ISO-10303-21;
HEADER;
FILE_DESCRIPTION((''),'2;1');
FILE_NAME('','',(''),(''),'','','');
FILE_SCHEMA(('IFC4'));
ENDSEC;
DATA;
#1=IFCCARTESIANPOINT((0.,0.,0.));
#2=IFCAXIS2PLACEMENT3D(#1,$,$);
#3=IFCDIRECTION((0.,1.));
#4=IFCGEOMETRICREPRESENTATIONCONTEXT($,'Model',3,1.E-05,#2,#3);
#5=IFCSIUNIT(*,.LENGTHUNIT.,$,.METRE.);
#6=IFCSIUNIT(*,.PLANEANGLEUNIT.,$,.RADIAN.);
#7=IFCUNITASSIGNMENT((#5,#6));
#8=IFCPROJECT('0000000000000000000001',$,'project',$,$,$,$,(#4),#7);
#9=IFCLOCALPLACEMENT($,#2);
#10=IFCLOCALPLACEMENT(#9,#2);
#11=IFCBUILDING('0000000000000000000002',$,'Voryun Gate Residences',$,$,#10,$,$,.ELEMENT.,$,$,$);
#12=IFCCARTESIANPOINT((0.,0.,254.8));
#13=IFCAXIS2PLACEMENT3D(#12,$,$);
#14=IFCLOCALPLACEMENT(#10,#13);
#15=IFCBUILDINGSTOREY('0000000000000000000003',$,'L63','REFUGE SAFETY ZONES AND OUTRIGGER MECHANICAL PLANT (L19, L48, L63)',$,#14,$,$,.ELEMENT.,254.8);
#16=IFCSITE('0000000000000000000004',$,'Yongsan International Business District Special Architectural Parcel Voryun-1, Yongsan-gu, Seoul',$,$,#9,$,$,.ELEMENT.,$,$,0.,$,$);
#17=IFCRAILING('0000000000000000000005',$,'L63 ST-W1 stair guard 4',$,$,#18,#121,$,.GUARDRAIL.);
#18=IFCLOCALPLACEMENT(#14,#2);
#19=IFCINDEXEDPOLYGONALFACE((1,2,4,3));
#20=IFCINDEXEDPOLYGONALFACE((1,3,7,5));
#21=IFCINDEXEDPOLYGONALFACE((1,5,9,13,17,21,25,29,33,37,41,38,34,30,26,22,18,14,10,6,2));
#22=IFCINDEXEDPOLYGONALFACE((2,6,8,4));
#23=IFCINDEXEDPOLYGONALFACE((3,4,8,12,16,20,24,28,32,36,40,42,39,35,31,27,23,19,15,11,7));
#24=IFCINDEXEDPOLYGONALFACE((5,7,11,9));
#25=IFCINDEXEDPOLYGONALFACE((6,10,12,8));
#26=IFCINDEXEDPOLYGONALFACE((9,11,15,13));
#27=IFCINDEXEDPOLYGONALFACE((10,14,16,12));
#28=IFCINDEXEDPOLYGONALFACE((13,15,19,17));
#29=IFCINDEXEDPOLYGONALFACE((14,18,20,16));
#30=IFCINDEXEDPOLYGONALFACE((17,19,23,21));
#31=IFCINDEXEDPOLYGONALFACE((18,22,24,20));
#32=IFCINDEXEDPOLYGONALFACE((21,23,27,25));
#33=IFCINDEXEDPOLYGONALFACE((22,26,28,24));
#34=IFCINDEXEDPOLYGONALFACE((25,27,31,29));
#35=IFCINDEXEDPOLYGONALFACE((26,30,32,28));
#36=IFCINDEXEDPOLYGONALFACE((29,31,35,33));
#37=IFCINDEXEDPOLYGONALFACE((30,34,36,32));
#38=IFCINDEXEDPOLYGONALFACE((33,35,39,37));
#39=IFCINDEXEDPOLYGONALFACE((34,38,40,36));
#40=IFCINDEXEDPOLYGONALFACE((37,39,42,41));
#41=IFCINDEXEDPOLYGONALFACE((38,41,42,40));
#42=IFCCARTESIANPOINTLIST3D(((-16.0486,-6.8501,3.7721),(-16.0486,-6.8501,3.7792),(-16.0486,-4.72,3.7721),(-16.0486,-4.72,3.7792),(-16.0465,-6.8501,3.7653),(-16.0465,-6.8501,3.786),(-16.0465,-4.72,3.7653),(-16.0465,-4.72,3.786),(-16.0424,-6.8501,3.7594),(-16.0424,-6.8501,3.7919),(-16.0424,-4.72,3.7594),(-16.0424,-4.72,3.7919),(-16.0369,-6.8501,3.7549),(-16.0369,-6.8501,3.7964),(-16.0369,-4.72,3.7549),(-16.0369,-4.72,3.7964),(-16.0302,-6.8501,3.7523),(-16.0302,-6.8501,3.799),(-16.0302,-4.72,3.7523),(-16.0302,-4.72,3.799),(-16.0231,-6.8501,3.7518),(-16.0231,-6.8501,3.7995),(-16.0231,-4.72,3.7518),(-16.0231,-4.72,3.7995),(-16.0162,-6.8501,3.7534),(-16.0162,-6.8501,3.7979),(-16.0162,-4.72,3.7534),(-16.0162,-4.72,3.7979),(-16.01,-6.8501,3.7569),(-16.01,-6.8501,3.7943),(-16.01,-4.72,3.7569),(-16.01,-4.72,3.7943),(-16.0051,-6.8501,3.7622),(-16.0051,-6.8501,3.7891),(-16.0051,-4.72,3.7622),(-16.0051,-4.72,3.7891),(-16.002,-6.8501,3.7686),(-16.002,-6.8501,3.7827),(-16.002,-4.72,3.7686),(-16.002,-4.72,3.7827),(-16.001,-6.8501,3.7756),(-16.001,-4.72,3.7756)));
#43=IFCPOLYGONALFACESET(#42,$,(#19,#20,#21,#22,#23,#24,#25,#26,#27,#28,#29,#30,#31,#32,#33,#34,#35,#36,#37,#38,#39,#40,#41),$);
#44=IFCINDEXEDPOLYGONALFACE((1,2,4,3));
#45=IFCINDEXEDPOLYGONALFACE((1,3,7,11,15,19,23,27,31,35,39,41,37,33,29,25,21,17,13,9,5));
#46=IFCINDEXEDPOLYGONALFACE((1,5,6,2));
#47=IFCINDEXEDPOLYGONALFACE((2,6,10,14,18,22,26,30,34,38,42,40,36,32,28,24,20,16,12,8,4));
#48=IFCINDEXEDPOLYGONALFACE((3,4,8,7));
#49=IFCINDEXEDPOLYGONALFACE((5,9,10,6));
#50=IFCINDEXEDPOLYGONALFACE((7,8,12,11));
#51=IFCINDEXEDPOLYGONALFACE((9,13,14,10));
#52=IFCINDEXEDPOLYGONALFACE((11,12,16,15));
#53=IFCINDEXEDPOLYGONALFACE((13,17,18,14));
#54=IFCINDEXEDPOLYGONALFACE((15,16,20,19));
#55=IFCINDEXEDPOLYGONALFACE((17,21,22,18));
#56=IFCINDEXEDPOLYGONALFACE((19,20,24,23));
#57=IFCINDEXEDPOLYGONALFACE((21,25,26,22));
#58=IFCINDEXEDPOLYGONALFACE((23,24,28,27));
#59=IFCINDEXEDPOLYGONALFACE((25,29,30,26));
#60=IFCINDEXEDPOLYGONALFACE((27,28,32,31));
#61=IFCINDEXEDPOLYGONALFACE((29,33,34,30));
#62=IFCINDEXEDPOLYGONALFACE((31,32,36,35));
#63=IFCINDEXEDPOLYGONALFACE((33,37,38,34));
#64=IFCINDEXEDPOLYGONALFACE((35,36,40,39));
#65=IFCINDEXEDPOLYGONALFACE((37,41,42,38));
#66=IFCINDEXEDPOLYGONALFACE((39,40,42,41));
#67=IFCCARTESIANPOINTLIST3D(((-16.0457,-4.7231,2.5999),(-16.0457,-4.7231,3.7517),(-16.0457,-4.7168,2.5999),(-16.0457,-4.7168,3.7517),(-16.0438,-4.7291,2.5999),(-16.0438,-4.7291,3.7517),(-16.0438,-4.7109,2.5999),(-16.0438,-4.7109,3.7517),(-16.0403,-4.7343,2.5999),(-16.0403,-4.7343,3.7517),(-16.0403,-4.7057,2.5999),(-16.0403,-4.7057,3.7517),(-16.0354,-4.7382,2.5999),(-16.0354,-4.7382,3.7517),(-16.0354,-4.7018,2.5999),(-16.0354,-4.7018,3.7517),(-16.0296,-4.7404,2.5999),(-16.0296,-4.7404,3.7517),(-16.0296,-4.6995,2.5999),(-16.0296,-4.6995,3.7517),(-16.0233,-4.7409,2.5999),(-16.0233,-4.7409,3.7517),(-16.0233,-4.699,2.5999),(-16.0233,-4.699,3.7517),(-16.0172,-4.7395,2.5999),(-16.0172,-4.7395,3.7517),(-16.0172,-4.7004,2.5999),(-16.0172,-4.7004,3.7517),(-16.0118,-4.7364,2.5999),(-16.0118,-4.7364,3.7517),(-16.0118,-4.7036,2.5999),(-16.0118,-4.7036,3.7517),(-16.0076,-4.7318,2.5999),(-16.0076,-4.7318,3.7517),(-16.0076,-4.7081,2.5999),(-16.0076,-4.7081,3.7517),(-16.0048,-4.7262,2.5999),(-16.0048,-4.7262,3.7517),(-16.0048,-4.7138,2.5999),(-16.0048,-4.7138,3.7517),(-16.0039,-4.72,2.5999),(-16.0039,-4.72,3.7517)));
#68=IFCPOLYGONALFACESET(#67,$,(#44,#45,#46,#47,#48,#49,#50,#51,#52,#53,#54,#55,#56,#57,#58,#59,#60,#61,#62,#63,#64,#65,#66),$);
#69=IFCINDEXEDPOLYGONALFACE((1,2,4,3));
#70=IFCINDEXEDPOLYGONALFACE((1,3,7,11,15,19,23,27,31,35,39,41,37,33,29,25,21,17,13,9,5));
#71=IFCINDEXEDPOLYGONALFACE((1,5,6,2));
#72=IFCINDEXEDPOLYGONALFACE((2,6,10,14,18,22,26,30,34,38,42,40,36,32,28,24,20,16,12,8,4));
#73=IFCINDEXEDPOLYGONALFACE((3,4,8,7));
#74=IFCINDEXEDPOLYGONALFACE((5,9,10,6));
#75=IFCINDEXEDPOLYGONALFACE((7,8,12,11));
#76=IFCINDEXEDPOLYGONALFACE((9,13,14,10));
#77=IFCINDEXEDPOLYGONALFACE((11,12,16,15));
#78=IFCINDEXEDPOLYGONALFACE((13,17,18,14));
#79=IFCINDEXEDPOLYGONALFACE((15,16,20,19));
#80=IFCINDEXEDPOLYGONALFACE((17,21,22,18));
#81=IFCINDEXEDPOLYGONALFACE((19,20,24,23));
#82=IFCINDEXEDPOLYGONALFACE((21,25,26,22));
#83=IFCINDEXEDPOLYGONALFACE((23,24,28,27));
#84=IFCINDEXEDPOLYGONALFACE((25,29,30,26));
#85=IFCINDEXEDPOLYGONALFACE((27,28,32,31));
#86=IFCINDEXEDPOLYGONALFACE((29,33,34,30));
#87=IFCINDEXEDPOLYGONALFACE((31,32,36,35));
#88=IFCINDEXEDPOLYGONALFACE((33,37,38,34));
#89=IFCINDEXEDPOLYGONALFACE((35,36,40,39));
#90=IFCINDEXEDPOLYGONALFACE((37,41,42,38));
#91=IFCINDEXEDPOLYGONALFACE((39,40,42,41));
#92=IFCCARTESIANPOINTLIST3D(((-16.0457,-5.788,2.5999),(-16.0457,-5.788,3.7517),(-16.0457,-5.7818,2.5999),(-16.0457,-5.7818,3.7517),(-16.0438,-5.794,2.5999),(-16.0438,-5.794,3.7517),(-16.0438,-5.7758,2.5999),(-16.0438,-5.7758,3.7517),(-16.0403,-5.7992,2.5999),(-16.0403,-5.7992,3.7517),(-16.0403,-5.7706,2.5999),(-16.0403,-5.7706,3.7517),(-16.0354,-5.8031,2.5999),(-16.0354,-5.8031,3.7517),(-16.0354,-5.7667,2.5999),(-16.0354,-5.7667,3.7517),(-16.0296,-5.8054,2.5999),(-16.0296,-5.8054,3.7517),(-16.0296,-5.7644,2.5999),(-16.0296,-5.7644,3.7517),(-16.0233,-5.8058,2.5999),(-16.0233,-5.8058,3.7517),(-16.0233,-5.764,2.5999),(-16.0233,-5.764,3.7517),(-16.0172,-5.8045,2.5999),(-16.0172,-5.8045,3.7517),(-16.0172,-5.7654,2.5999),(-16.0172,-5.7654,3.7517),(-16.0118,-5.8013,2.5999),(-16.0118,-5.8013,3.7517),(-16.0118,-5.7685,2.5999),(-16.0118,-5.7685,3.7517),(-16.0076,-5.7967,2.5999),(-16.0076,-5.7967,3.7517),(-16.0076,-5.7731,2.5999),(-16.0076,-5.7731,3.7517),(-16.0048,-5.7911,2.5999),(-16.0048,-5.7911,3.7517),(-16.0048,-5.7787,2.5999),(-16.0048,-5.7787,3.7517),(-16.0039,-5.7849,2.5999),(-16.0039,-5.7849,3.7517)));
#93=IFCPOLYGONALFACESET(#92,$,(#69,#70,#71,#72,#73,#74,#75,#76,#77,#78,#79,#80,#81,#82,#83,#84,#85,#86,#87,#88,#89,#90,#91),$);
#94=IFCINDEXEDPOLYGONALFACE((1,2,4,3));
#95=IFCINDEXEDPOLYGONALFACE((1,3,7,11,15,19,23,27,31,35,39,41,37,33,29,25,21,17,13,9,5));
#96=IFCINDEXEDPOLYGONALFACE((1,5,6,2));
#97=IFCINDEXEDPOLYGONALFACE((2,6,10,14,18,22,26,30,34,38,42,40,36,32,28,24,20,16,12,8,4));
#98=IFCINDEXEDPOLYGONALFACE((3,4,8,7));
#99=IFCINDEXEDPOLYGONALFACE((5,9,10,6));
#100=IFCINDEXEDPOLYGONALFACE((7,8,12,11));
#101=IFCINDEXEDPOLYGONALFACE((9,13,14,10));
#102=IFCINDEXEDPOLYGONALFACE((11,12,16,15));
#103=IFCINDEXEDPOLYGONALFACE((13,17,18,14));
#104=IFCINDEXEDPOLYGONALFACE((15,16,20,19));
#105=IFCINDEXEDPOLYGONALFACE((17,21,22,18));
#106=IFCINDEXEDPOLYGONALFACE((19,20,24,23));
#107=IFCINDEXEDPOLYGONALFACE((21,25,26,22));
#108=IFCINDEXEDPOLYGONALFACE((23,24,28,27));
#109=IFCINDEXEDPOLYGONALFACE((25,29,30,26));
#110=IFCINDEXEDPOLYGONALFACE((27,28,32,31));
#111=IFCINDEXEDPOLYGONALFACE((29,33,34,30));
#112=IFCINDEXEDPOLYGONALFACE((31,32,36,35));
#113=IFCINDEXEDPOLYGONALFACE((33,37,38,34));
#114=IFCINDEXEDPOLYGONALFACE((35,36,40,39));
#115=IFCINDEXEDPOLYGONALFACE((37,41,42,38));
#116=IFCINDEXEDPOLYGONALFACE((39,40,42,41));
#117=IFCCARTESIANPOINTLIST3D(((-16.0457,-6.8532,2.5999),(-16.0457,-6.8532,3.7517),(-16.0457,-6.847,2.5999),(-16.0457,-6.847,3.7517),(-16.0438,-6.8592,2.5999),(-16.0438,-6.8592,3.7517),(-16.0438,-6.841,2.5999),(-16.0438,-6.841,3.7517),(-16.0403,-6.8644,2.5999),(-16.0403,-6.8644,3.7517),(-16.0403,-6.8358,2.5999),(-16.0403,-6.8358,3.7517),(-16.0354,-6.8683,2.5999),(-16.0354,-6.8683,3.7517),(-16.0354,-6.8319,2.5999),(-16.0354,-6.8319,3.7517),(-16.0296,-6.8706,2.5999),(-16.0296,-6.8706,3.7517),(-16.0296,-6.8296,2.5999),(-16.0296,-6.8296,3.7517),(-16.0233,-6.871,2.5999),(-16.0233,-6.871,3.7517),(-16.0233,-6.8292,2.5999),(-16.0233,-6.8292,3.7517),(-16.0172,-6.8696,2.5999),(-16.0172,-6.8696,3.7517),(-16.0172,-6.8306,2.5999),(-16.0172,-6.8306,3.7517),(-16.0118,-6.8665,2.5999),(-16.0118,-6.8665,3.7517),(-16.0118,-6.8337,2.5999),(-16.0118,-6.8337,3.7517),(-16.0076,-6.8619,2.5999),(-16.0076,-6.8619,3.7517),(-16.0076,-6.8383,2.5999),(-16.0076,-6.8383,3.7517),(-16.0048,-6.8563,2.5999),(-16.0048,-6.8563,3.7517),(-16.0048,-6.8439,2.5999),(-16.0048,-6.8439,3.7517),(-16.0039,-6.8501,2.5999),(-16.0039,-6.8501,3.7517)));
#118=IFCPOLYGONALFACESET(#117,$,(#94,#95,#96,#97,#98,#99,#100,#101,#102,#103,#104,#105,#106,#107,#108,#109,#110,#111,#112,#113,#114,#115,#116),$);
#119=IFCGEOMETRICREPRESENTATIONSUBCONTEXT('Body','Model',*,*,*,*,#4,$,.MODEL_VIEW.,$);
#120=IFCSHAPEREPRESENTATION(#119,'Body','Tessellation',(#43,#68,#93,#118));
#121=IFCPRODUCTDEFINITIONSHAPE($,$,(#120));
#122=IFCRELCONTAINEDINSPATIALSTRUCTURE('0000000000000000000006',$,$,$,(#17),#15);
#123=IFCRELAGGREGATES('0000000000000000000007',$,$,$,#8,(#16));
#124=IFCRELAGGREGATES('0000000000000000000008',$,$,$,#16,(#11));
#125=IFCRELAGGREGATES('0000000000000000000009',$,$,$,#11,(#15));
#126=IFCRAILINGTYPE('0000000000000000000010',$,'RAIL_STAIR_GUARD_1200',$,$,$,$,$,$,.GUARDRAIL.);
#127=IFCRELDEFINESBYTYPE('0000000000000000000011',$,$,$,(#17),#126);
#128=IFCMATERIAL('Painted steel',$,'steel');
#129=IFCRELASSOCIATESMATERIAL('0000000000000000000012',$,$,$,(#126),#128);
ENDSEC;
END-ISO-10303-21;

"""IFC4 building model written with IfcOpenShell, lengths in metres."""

from ifc_helpers import new_model, si_unit, direction, frame, origin, origin_2d, place, context, subcontext, project, spatial, circle, extrude, material, type_object, element, save


model = new_model("IFC4")

# Units and contexts
model_context = context("Model", 3, precision=1e-05, world=origin(), true_north=direction((0.0, 1.0)))
body_context = subcontext(model_context, "Body", "Model", "MODEL_VIEW")
ifc_project = project(units=[si_unit("LENGTHUNIT", "METRE"), si_unit("PLANEANGLEUNIT", "RADIAN")], contexts=[model_context])

# Site, building, storey
site_placement = place(None, origin())
site = spatial("IfcSite", under=ifc_project, at=site_placement, Name="Yongsan International Business District Special Architectural Parcel Voryun-1, Yongsan-gu, Seoul", CompositionType="ELEMENT", RefElevation=0.0)
building_placement = place(site_placement, origin())
building = spatial("IfcBuilding", under=site, at=building_placement, Name="Voryun Gate Residences", CompositionType="ELEMENT")
storey_placement = place(building_placement, frame((0.0, 0.0, 254.8)))
storey = spatial("IfcBuildingStorey", under=building, at=storey_placement, Name="L63", Description="REFUGE SAFETY ZONES AND OUTRIGGER MECHANICAL PLANT (L19, L48, L63)", CompositionType="ELEMENT", Elevation=254.8)

# Railing
ifc_material_1 = material(Name="Painted steel", Category="steel")
railing_type_1 = type_object("IfcRailingType", Name="RAIL_STAIR_GUARD_1200", PredefinedType="GUARDRAIL", material=ifc_material_1)
for number, where, name in (
    (1, (-16.0249, -4.72, 2.5999), "L63 ST-W1 stair guard 4"),
):
    element("IfcRailing", number, at=place(storey_placement, frame(where)), inside=storey, type_object=railing_type_1, Name=name, PredefinedType="GUARDRAIL", context=body_context, shape_type="SweptSolid", body=[
        extrude(circle(Radius=0.0239, at=origin_2d()), frame((0.0, 0.0, 1.1758), z_axis=(0.0, -1.0, 0.0), x_axis=(1.0, 0.0, 0.0)), (0.0, 0.0, 1.0), 2.1301),
        extrude(circle(Radius=0.021, at=origin_2d()), origin(), (0.0, 0.0, 1.0), 1.1519),
        extrude(circle(Radius=0.021, at=origin_2d()), frame((0.0, -1.0649, 0.0)), (0.0, 0.0, 1.0), 1.1519),
        extrude(circle(Radius=0.021, at=origin_2d()), frame((0.0, -2.1301, 0.0)), (0.0, 0.0, 1.0), 1.1519),
    ])

save(model, "model.ifc")
